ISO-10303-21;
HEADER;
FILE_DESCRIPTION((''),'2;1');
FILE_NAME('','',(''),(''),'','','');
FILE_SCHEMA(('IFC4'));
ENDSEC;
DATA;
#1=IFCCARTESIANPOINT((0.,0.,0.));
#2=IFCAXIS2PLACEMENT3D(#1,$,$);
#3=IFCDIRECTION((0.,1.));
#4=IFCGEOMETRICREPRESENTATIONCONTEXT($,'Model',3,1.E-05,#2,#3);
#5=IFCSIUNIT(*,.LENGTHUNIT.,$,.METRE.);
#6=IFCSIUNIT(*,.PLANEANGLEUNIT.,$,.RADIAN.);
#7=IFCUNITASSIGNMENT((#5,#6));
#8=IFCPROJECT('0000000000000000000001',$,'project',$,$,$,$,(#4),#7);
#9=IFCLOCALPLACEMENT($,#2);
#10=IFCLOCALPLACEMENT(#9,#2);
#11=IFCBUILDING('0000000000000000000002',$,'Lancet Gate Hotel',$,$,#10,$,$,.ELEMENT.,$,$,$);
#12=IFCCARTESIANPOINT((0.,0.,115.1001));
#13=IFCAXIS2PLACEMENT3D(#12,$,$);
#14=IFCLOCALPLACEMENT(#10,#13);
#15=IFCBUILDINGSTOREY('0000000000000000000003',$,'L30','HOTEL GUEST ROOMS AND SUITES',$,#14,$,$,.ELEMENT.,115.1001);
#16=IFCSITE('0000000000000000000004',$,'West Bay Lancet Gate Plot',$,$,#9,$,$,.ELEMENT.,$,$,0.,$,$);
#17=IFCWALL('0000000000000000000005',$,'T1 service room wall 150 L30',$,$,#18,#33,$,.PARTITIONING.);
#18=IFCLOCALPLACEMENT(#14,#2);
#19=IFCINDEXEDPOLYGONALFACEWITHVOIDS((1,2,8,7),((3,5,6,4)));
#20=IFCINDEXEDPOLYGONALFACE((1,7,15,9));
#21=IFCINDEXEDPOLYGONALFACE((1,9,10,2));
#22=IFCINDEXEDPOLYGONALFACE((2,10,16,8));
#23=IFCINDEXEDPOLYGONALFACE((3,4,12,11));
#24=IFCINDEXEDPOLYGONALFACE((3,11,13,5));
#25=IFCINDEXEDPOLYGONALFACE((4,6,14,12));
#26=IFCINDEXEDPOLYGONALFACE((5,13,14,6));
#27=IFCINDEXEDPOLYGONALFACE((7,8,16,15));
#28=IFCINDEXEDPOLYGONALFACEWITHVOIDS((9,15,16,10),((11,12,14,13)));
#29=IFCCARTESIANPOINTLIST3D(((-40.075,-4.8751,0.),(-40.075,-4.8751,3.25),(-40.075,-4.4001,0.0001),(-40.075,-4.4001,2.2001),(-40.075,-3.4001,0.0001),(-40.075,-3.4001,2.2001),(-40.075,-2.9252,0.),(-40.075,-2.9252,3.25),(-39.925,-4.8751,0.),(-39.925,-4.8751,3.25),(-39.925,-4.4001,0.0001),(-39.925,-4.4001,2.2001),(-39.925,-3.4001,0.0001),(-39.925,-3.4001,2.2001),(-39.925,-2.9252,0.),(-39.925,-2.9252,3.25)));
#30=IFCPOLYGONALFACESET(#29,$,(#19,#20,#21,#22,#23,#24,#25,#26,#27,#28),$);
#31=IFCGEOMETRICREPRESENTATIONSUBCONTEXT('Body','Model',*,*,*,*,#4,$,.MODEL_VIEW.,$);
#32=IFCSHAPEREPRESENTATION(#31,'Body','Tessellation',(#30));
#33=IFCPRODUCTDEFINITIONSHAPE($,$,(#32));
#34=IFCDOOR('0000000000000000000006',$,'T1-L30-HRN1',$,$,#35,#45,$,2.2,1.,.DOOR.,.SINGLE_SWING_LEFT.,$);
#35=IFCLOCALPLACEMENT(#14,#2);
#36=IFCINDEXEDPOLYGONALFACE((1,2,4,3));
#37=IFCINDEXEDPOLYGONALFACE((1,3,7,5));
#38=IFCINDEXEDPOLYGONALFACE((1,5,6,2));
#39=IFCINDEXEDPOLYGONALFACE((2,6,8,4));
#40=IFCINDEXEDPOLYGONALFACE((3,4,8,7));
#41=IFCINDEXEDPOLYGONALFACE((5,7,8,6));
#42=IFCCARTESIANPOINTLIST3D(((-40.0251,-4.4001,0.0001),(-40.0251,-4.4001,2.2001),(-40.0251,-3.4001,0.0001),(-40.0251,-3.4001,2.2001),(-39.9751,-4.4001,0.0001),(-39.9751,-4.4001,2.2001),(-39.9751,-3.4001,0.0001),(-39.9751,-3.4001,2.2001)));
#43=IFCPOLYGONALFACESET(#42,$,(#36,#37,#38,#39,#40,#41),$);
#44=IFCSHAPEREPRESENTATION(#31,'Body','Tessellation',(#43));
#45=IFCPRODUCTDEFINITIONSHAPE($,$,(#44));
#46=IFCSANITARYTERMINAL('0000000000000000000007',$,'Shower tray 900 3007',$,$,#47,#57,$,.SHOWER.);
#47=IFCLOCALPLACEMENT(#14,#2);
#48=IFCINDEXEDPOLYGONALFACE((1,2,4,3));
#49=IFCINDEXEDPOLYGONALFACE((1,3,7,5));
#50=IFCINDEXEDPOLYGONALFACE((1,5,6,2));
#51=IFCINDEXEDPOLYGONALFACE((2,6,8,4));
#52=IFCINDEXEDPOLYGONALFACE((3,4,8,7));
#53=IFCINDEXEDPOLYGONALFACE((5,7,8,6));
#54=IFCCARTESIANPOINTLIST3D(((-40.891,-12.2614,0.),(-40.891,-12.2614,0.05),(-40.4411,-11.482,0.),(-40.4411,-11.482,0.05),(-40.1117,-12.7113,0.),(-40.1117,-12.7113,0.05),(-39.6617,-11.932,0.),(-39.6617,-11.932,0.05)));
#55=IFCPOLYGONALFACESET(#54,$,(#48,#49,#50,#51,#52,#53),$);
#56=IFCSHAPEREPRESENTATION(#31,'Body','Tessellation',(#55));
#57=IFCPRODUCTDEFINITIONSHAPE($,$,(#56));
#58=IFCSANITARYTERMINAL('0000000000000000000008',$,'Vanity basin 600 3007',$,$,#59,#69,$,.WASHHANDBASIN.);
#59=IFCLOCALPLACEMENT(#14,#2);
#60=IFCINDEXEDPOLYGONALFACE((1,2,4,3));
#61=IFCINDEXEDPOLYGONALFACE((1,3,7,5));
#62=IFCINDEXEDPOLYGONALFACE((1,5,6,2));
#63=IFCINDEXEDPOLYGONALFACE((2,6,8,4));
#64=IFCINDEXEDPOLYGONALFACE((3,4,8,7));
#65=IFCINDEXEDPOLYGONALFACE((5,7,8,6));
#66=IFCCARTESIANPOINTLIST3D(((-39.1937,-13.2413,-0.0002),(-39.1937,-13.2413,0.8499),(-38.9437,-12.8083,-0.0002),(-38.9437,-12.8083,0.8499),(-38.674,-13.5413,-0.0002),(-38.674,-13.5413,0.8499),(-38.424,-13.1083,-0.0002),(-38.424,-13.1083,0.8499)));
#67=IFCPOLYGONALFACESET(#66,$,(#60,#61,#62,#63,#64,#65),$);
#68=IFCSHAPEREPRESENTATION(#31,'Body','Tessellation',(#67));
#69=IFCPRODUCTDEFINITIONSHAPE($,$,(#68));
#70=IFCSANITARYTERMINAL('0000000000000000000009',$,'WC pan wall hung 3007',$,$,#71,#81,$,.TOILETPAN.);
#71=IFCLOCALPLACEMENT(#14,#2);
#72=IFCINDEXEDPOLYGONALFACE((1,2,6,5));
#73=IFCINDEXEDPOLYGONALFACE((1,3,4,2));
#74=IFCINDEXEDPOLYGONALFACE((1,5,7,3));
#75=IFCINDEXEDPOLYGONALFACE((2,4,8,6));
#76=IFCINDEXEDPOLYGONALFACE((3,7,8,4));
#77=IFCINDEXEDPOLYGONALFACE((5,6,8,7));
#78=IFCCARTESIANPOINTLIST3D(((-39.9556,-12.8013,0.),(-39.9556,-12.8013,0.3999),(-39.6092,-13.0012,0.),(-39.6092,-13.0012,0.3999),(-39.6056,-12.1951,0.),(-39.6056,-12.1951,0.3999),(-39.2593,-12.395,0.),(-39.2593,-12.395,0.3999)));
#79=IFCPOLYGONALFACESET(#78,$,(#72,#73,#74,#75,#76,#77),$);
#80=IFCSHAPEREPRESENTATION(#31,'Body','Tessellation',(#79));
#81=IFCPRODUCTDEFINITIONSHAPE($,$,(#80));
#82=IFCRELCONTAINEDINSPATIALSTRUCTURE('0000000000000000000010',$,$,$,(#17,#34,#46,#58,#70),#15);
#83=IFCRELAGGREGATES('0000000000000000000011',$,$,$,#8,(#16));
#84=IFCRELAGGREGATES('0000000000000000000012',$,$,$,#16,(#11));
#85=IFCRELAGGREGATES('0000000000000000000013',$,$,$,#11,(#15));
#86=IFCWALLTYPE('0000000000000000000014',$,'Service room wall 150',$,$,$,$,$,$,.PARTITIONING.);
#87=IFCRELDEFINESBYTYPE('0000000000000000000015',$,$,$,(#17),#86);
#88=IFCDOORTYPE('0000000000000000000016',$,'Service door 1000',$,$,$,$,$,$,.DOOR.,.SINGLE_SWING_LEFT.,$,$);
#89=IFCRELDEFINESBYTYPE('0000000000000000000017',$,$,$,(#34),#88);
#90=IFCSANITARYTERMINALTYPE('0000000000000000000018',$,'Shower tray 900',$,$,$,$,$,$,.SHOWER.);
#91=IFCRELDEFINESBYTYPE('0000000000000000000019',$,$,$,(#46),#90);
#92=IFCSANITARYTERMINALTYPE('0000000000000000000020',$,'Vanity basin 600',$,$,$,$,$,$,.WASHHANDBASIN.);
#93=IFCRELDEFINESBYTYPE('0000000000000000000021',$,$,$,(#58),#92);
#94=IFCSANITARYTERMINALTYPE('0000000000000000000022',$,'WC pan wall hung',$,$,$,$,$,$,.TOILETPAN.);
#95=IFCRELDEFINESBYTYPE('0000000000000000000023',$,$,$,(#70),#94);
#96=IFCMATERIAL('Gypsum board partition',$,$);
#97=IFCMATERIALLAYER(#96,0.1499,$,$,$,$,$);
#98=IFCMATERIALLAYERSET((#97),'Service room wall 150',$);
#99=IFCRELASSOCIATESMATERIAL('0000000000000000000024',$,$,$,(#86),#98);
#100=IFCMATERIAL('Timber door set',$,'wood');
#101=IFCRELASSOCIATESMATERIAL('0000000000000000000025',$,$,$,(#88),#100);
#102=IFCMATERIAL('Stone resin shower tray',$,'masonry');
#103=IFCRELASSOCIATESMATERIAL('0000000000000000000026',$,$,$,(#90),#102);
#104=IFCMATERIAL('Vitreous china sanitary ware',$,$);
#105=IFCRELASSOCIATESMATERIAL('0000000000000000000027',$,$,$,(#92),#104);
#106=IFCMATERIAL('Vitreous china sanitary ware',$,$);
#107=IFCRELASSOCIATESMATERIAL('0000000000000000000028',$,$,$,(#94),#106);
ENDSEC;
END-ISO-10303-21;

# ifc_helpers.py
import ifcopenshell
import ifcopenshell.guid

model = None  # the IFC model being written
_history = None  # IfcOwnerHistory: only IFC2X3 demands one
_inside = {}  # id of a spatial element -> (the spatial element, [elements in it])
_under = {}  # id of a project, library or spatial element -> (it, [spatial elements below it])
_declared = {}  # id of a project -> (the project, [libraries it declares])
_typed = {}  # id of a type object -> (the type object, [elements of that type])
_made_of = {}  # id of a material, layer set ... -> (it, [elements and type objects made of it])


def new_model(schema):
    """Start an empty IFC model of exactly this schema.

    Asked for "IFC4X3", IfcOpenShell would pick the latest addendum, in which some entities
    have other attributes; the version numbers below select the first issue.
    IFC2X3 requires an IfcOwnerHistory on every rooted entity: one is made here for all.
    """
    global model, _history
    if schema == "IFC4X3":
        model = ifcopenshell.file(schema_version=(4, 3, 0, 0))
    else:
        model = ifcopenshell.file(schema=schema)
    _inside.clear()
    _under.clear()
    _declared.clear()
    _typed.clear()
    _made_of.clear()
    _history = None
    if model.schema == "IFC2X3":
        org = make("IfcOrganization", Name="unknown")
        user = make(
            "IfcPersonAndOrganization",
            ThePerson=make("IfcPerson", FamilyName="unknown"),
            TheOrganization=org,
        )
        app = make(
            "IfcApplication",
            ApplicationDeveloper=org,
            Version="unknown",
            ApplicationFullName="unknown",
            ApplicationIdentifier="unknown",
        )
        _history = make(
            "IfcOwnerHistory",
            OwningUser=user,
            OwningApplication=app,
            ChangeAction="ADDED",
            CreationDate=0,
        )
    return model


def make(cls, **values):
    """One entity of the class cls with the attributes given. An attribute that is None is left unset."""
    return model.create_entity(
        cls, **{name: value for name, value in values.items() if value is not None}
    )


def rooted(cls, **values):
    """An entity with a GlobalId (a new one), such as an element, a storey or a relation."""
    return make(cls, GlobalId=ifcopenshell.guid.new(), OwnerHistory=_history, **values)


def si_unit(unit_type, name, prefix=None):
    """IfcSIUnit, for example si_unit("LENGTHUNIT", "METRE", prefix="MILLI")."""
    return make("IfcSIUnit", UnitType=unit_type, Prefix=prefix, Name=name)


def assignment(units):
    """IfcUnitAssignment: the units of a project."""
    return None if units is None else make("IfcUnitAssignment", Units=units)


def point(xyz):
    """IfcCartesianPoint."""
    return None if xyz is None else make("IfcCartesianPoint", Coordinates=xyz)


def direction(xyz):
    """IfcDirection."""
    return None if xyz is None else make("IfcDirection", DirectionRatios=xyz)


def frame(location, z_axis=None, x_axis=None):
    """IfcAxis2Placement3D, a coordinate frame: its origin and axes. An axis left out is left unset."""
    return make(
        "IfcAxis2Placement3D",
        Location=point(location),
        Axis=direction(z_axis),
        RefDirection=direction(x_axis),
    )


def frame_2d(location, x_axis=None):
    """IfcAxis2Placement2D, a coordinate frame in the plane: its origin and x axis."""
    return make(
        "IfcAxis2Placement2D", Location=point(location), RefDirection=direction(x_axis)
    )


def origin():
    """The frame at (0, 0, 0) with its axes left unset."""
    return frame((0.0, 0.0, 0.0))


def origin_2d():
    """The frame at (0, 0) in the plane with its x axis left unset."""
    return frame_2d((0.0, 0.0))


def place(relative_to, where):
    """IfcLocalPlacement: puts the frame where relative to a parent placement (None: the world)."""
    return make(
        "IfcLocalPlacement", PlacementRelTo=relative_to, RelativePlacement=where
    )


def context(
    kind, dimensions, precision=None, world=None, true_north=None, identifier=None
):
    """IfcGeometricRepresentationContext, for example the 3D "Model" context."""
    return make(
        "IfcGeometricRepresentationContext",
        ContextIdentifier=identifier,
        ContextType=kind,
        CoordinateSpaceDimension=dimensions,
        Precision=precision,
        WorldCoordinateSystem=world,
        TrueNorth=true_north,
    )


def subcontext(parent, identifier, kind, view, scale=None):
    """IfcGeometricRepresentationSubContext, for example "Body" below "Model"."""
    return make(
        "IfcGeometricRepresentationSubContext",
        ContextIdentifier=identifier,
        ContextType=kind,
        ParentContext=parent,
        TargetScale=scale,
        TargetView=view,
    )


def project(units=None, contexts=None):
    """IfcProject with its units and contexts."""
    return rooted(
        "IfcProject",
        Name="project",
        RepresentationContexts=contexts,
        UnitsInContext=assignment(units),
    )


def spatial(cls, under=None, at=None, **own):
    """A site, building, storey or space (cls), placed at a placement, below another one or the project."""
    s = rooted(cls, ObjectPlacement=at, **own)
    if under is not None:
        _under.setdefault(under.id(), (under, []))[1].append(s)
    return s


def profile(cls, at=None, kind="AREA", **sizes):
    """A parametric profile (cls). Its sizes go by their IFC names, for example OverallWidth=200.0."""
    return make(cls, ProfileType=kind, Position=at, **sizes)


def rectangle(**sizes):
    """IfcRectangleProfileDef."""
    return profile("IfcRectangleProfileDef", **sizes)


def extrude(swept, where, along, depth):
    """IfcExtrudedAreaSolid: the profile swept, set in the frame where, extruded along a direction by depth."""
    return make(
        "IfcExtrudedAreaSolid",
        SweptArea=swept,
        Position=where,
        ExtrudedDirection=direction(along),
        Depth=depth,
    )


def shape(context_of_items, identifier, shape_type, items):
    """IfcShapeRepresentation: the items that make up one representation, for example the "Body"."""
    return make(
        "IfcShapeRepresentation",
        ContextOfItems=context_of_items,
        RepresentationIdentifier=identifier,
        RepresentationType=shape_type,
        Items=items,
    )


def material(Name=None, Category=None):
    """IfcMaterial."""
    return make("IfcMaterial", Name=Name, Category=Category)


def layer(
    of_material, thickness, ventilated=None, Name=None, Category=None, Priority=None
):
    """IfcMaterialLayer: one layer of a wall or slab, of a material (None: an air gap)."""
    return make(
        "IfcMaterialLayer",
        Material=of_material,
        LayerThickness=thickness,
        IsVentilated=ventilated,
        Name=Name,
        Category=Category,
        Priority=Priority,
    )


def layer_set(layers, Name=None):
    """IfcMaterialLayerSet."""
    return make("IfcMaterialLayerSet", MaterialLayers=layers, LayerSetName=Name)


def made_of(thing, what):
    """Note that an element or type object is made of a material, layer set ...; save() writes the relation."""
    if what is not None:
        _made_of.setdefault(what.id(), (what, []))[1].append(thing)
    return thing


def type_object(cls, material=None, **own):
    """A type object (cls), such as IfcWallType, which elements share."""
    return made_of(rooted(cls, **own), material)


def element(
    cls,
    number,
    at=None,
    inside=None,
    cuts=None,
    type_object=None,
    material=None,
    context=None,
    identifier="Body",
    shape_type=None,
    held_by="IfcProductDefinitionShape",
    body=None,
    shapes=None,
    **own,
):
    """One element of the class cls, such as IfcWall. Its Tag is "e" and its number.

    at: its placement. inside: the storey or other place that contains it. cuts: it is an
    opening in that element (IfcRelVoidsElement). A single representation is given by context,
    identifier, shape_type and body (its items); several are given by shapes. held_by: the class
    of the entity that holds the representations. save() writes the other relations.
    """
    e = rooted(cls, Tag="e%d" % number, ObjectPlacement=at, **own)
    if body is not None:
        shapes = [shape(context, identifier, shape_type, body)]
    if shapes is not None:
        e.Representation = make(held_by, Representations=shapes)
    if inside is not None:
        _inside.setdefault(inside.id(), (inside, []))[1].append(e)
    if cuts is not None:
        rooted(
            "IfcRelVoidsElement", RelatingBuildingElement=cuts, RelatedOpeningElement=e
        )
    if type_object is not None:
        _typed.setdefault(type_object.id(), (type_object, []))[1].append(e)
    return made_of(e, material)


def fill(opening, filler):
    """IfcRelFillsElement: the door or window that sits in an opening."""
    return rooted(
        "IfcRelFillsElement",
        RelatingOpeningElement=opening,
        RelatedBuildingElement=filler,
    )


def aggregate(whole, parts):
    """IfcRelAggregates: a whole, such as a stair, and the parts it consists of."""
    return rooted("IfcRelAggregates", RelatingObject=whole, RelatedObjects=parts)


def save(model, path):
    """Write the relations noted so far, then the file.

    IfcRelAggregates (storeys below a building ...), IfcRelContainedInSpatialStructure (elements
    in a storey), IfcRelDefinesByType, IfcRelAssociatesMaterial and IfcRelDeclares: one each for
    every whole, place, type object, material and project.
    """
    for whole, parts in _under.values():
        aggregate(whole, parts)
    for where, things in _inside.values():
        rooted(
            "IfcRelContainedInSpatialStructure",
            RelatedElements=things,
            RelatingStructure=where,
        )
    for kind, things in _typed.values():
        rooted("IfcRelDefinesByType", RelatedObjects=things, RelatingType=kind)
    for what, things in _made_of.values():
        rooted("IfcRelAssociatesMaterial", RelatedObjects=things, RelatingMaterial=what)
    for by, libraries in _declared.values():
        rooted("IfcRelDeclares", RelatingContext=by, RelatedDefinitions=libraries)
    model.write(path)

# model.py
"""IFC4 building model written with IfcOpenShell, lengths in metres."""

from ifc_helpers import new_model, si_unit, direction, frame, frame_2d, origin, origin_2d, place, context, subcontext, project, spatial, rectangle, extrude, material, layer, layer_set, type_object, element, fill, save


model = new_model("IFC4")

# Units and contexts
model_context = context("Model", 3, precision=1e-05, world=origin(), true_north=direction((0.0, 1.0)))
body_context = subcontext(model_context, "Body", "Model", "MODEL_VIEW")
ifc_project = project(units=[si_unit("LENGTHUNIT", "METRE"), si_unit("PLANEANGLEUNIT", "RADIAN")], contexts=[model_context])

# Site, building, storey
site_placement = place(None, origin())
site = spatial("IfcSite", under=ifc_project, at=site_placement, Name="West Bay Lancet Gate Plot", CompositionType="ELEMENT", RefElevation=0.0)
building_placement = place(site_placement, origin())
building = spatial("IfcBuilding", under=site, at=building_placement, Name="Lancet Gate Hotel", CompositionType="ELEMENT")
storey_placement = place(building_placement, frame((0.0, 0.0, 115.1001)))
storey = spatial("IfcBuildingStorey", under=building, at=storey_placement, Name="L30", Description="HOTEL GUEST ROOMS AND SUITES", CompositionType="ELEMENT", Elevation=115.1001)

# Wall, opening, door
ifc_material_1 = material(Name="Gypsum board partition")
ifc_layer_1 = layer(ifc_material_1, 0.1499)
ifc_layer_set_1 = layer_set([ifc_layer_1], Name="Service room wall 150")
wall_type_1 = type_object("IfcWallType", Name="Service room wall 150", PredefinedType="PARTITIONING", material=ifc_layer_set_1)
ifc_material_2 = material(Name="Timber door set", Category="wood")
door_type_1 = type_object("IfcDoorType", Name="Service door 1000", OperationType="SINGLE_SWING_LEFT", PredefinedType="DOOR", material=ifc_material_2)
wall_1_placement = place(storey_placement, frame((-40.0, -2.925, 0.0), z_axis=(0.0, 0.0, 1.0), x_axis=(0.0, -1.0, 0.0)))
wall_1 = element("IfcWall", 1, at=wall_1_placement, inside=storey, type_object=wall_type_1, Name="T1 service room wall 150 L30", PredefinedType="PARTITIONING", context=body_context, shape_type="SweptSolid", body=[
    extrude(rectangle(XDim=1.95, YDim=0.1499, at=frame_2d((0.9751, 0.0))), origin(), (0.0, 0.0, 1.0), 3.25),
])
opening_1_placement = place(wall_1_placement, frame((0.4751, 0.0, 0.0)))
opening_1 = element("IfcOpeningElement", 2, at=opening_1_placement, cuts=wall_1, PredefinedType="OPENING", context=body_context, shape_type="SweptSolid", body=[
    extrude(rectangle(XDim=1.0, YDim=2.2, at=frame_2d((0.5, 1.1001))), frame((0.0, 0.085, 0.0), z_axis=(0.0, -1.0, 0.0), x_axis=(1.0, 0.0, 0.0)), (0.0, 0.0, 1.0), 0.1699),
])
door_1_placement = place(opening_1_placement, origin())
door_1 = element("IfcDoor", 3, at=door_1_placement, inside=storey, type_object=door_type_1, Name="T1-L30-HRN1", OperationType="SINGLE_SWING_LEFT", OverallHeight=2.2, OverallWidth=1.0, PredefinedType="DOOR", context=body_context, shape_type="SweptSolid", body=[
    extrude(rectangle(XDim=1.0, YDim=2.2, at=frame_2d((0.5, 1.1001))), frame((0.0, 0.0249, 0.0), z_axis=(0.0, -1.0, 0.0), x_axis=(1.0, 0.0, 0.0)), (0.0, 0.0, 1.0), 0.05),
])
fill(opening_1, door_1)

# Sanitary terminals
ifc_material_3 = material(Name="Stone resin shower tray", Category="masonry")
sanitary_terminal_type_1 = type_object("IfcSanitaryTerminalType", Name="Shower tray 900", PredefinedType="SHOWER", material=ifc_material_3)
sanitary_terminal_1_placement = place(storey_placement, frame((-40.2764, -12.0967, 0.0), z_axis=(0.0, 0.0, 1.0), x_axis=(-0.866025, 0.5, 0.0)))
element("IfcSanitaryTerminal", 4, at=sanitary_terminal_1_placement, inside=storey, type_object=sanitary_terminal_type_1, Name="Shower tray 900 3007", PredefinedType="SHOWER", context=body_context, shape_type="SweptSolid", body=[
    extrude(rectangle(XDim=0.8999, YDim=0.8999, at=origin_2d()), origin(), (0.0, 0.0, 1.0), 0.05),
])
ifc_material_4 = material(Name="Vitreous china sanitary ware")
sanitary_terminal_type_2 = type_object("IfcSanitaryTerminalType", Name="Vanity basin 600", PredefinedType="WASHHANDBASIN", material=ifc_material_4)
sanitary_terminal_2_placement = place(storey_placement, frame((-38.8088, -13.1748, -0.0002), z_axis=(0.0, 0.0, 1.0), x_axis=(-0.866025, 0.5, 0.0)))
element("IfcSanitaryTerminal", 5, at=sanitary_terminal_2_placement, inside=storey, type_object=sanitary_terminal_type_2, Name="Vanity basin 600 3007", PredefinedType="WASHHANDBASIN", context=body_context, shape_type="SweptSolid", body=[
    extrude(rectangle(XDim=0.6001, YDim=0.5, at=origin_2d()), origin(), (0.0, 0.0, 1.0), 0.8501),
])
ifc_material_5 = material(Name="Vitreous china sanitary ware")
sanitary_terminal_type_3 = type_object("IfcSanitaryTerminalType", Name="WC pan wall hung", PredefinedType="TOILETPAN", material=ifc_material_5)
sanitary_terminal_3_placement = place(storey_placement, frame((-39.6074, -12.5981, 0.0), z_axis=(0.0, 0.0, 1.0), x_axis=(-0.866025, 0.5, 0.0)))
element("IfcSanitaryTerminal", 6, at=sanitary_terminal_3_placement, inside=storey, type_object=sanitary_terminal_type_3, Name="WC pan wall hung 3007", PredefinedType="TOILETPAN", context=body_context, shape_type="SweptSolid", body=[
    extrude(rectangle(XDim=0.3999, YDim=0.7, at=origin_2d()), origin(), (0.0, 0.0, 1.0), 0.3999),
])

save(model, "model.ifc")
